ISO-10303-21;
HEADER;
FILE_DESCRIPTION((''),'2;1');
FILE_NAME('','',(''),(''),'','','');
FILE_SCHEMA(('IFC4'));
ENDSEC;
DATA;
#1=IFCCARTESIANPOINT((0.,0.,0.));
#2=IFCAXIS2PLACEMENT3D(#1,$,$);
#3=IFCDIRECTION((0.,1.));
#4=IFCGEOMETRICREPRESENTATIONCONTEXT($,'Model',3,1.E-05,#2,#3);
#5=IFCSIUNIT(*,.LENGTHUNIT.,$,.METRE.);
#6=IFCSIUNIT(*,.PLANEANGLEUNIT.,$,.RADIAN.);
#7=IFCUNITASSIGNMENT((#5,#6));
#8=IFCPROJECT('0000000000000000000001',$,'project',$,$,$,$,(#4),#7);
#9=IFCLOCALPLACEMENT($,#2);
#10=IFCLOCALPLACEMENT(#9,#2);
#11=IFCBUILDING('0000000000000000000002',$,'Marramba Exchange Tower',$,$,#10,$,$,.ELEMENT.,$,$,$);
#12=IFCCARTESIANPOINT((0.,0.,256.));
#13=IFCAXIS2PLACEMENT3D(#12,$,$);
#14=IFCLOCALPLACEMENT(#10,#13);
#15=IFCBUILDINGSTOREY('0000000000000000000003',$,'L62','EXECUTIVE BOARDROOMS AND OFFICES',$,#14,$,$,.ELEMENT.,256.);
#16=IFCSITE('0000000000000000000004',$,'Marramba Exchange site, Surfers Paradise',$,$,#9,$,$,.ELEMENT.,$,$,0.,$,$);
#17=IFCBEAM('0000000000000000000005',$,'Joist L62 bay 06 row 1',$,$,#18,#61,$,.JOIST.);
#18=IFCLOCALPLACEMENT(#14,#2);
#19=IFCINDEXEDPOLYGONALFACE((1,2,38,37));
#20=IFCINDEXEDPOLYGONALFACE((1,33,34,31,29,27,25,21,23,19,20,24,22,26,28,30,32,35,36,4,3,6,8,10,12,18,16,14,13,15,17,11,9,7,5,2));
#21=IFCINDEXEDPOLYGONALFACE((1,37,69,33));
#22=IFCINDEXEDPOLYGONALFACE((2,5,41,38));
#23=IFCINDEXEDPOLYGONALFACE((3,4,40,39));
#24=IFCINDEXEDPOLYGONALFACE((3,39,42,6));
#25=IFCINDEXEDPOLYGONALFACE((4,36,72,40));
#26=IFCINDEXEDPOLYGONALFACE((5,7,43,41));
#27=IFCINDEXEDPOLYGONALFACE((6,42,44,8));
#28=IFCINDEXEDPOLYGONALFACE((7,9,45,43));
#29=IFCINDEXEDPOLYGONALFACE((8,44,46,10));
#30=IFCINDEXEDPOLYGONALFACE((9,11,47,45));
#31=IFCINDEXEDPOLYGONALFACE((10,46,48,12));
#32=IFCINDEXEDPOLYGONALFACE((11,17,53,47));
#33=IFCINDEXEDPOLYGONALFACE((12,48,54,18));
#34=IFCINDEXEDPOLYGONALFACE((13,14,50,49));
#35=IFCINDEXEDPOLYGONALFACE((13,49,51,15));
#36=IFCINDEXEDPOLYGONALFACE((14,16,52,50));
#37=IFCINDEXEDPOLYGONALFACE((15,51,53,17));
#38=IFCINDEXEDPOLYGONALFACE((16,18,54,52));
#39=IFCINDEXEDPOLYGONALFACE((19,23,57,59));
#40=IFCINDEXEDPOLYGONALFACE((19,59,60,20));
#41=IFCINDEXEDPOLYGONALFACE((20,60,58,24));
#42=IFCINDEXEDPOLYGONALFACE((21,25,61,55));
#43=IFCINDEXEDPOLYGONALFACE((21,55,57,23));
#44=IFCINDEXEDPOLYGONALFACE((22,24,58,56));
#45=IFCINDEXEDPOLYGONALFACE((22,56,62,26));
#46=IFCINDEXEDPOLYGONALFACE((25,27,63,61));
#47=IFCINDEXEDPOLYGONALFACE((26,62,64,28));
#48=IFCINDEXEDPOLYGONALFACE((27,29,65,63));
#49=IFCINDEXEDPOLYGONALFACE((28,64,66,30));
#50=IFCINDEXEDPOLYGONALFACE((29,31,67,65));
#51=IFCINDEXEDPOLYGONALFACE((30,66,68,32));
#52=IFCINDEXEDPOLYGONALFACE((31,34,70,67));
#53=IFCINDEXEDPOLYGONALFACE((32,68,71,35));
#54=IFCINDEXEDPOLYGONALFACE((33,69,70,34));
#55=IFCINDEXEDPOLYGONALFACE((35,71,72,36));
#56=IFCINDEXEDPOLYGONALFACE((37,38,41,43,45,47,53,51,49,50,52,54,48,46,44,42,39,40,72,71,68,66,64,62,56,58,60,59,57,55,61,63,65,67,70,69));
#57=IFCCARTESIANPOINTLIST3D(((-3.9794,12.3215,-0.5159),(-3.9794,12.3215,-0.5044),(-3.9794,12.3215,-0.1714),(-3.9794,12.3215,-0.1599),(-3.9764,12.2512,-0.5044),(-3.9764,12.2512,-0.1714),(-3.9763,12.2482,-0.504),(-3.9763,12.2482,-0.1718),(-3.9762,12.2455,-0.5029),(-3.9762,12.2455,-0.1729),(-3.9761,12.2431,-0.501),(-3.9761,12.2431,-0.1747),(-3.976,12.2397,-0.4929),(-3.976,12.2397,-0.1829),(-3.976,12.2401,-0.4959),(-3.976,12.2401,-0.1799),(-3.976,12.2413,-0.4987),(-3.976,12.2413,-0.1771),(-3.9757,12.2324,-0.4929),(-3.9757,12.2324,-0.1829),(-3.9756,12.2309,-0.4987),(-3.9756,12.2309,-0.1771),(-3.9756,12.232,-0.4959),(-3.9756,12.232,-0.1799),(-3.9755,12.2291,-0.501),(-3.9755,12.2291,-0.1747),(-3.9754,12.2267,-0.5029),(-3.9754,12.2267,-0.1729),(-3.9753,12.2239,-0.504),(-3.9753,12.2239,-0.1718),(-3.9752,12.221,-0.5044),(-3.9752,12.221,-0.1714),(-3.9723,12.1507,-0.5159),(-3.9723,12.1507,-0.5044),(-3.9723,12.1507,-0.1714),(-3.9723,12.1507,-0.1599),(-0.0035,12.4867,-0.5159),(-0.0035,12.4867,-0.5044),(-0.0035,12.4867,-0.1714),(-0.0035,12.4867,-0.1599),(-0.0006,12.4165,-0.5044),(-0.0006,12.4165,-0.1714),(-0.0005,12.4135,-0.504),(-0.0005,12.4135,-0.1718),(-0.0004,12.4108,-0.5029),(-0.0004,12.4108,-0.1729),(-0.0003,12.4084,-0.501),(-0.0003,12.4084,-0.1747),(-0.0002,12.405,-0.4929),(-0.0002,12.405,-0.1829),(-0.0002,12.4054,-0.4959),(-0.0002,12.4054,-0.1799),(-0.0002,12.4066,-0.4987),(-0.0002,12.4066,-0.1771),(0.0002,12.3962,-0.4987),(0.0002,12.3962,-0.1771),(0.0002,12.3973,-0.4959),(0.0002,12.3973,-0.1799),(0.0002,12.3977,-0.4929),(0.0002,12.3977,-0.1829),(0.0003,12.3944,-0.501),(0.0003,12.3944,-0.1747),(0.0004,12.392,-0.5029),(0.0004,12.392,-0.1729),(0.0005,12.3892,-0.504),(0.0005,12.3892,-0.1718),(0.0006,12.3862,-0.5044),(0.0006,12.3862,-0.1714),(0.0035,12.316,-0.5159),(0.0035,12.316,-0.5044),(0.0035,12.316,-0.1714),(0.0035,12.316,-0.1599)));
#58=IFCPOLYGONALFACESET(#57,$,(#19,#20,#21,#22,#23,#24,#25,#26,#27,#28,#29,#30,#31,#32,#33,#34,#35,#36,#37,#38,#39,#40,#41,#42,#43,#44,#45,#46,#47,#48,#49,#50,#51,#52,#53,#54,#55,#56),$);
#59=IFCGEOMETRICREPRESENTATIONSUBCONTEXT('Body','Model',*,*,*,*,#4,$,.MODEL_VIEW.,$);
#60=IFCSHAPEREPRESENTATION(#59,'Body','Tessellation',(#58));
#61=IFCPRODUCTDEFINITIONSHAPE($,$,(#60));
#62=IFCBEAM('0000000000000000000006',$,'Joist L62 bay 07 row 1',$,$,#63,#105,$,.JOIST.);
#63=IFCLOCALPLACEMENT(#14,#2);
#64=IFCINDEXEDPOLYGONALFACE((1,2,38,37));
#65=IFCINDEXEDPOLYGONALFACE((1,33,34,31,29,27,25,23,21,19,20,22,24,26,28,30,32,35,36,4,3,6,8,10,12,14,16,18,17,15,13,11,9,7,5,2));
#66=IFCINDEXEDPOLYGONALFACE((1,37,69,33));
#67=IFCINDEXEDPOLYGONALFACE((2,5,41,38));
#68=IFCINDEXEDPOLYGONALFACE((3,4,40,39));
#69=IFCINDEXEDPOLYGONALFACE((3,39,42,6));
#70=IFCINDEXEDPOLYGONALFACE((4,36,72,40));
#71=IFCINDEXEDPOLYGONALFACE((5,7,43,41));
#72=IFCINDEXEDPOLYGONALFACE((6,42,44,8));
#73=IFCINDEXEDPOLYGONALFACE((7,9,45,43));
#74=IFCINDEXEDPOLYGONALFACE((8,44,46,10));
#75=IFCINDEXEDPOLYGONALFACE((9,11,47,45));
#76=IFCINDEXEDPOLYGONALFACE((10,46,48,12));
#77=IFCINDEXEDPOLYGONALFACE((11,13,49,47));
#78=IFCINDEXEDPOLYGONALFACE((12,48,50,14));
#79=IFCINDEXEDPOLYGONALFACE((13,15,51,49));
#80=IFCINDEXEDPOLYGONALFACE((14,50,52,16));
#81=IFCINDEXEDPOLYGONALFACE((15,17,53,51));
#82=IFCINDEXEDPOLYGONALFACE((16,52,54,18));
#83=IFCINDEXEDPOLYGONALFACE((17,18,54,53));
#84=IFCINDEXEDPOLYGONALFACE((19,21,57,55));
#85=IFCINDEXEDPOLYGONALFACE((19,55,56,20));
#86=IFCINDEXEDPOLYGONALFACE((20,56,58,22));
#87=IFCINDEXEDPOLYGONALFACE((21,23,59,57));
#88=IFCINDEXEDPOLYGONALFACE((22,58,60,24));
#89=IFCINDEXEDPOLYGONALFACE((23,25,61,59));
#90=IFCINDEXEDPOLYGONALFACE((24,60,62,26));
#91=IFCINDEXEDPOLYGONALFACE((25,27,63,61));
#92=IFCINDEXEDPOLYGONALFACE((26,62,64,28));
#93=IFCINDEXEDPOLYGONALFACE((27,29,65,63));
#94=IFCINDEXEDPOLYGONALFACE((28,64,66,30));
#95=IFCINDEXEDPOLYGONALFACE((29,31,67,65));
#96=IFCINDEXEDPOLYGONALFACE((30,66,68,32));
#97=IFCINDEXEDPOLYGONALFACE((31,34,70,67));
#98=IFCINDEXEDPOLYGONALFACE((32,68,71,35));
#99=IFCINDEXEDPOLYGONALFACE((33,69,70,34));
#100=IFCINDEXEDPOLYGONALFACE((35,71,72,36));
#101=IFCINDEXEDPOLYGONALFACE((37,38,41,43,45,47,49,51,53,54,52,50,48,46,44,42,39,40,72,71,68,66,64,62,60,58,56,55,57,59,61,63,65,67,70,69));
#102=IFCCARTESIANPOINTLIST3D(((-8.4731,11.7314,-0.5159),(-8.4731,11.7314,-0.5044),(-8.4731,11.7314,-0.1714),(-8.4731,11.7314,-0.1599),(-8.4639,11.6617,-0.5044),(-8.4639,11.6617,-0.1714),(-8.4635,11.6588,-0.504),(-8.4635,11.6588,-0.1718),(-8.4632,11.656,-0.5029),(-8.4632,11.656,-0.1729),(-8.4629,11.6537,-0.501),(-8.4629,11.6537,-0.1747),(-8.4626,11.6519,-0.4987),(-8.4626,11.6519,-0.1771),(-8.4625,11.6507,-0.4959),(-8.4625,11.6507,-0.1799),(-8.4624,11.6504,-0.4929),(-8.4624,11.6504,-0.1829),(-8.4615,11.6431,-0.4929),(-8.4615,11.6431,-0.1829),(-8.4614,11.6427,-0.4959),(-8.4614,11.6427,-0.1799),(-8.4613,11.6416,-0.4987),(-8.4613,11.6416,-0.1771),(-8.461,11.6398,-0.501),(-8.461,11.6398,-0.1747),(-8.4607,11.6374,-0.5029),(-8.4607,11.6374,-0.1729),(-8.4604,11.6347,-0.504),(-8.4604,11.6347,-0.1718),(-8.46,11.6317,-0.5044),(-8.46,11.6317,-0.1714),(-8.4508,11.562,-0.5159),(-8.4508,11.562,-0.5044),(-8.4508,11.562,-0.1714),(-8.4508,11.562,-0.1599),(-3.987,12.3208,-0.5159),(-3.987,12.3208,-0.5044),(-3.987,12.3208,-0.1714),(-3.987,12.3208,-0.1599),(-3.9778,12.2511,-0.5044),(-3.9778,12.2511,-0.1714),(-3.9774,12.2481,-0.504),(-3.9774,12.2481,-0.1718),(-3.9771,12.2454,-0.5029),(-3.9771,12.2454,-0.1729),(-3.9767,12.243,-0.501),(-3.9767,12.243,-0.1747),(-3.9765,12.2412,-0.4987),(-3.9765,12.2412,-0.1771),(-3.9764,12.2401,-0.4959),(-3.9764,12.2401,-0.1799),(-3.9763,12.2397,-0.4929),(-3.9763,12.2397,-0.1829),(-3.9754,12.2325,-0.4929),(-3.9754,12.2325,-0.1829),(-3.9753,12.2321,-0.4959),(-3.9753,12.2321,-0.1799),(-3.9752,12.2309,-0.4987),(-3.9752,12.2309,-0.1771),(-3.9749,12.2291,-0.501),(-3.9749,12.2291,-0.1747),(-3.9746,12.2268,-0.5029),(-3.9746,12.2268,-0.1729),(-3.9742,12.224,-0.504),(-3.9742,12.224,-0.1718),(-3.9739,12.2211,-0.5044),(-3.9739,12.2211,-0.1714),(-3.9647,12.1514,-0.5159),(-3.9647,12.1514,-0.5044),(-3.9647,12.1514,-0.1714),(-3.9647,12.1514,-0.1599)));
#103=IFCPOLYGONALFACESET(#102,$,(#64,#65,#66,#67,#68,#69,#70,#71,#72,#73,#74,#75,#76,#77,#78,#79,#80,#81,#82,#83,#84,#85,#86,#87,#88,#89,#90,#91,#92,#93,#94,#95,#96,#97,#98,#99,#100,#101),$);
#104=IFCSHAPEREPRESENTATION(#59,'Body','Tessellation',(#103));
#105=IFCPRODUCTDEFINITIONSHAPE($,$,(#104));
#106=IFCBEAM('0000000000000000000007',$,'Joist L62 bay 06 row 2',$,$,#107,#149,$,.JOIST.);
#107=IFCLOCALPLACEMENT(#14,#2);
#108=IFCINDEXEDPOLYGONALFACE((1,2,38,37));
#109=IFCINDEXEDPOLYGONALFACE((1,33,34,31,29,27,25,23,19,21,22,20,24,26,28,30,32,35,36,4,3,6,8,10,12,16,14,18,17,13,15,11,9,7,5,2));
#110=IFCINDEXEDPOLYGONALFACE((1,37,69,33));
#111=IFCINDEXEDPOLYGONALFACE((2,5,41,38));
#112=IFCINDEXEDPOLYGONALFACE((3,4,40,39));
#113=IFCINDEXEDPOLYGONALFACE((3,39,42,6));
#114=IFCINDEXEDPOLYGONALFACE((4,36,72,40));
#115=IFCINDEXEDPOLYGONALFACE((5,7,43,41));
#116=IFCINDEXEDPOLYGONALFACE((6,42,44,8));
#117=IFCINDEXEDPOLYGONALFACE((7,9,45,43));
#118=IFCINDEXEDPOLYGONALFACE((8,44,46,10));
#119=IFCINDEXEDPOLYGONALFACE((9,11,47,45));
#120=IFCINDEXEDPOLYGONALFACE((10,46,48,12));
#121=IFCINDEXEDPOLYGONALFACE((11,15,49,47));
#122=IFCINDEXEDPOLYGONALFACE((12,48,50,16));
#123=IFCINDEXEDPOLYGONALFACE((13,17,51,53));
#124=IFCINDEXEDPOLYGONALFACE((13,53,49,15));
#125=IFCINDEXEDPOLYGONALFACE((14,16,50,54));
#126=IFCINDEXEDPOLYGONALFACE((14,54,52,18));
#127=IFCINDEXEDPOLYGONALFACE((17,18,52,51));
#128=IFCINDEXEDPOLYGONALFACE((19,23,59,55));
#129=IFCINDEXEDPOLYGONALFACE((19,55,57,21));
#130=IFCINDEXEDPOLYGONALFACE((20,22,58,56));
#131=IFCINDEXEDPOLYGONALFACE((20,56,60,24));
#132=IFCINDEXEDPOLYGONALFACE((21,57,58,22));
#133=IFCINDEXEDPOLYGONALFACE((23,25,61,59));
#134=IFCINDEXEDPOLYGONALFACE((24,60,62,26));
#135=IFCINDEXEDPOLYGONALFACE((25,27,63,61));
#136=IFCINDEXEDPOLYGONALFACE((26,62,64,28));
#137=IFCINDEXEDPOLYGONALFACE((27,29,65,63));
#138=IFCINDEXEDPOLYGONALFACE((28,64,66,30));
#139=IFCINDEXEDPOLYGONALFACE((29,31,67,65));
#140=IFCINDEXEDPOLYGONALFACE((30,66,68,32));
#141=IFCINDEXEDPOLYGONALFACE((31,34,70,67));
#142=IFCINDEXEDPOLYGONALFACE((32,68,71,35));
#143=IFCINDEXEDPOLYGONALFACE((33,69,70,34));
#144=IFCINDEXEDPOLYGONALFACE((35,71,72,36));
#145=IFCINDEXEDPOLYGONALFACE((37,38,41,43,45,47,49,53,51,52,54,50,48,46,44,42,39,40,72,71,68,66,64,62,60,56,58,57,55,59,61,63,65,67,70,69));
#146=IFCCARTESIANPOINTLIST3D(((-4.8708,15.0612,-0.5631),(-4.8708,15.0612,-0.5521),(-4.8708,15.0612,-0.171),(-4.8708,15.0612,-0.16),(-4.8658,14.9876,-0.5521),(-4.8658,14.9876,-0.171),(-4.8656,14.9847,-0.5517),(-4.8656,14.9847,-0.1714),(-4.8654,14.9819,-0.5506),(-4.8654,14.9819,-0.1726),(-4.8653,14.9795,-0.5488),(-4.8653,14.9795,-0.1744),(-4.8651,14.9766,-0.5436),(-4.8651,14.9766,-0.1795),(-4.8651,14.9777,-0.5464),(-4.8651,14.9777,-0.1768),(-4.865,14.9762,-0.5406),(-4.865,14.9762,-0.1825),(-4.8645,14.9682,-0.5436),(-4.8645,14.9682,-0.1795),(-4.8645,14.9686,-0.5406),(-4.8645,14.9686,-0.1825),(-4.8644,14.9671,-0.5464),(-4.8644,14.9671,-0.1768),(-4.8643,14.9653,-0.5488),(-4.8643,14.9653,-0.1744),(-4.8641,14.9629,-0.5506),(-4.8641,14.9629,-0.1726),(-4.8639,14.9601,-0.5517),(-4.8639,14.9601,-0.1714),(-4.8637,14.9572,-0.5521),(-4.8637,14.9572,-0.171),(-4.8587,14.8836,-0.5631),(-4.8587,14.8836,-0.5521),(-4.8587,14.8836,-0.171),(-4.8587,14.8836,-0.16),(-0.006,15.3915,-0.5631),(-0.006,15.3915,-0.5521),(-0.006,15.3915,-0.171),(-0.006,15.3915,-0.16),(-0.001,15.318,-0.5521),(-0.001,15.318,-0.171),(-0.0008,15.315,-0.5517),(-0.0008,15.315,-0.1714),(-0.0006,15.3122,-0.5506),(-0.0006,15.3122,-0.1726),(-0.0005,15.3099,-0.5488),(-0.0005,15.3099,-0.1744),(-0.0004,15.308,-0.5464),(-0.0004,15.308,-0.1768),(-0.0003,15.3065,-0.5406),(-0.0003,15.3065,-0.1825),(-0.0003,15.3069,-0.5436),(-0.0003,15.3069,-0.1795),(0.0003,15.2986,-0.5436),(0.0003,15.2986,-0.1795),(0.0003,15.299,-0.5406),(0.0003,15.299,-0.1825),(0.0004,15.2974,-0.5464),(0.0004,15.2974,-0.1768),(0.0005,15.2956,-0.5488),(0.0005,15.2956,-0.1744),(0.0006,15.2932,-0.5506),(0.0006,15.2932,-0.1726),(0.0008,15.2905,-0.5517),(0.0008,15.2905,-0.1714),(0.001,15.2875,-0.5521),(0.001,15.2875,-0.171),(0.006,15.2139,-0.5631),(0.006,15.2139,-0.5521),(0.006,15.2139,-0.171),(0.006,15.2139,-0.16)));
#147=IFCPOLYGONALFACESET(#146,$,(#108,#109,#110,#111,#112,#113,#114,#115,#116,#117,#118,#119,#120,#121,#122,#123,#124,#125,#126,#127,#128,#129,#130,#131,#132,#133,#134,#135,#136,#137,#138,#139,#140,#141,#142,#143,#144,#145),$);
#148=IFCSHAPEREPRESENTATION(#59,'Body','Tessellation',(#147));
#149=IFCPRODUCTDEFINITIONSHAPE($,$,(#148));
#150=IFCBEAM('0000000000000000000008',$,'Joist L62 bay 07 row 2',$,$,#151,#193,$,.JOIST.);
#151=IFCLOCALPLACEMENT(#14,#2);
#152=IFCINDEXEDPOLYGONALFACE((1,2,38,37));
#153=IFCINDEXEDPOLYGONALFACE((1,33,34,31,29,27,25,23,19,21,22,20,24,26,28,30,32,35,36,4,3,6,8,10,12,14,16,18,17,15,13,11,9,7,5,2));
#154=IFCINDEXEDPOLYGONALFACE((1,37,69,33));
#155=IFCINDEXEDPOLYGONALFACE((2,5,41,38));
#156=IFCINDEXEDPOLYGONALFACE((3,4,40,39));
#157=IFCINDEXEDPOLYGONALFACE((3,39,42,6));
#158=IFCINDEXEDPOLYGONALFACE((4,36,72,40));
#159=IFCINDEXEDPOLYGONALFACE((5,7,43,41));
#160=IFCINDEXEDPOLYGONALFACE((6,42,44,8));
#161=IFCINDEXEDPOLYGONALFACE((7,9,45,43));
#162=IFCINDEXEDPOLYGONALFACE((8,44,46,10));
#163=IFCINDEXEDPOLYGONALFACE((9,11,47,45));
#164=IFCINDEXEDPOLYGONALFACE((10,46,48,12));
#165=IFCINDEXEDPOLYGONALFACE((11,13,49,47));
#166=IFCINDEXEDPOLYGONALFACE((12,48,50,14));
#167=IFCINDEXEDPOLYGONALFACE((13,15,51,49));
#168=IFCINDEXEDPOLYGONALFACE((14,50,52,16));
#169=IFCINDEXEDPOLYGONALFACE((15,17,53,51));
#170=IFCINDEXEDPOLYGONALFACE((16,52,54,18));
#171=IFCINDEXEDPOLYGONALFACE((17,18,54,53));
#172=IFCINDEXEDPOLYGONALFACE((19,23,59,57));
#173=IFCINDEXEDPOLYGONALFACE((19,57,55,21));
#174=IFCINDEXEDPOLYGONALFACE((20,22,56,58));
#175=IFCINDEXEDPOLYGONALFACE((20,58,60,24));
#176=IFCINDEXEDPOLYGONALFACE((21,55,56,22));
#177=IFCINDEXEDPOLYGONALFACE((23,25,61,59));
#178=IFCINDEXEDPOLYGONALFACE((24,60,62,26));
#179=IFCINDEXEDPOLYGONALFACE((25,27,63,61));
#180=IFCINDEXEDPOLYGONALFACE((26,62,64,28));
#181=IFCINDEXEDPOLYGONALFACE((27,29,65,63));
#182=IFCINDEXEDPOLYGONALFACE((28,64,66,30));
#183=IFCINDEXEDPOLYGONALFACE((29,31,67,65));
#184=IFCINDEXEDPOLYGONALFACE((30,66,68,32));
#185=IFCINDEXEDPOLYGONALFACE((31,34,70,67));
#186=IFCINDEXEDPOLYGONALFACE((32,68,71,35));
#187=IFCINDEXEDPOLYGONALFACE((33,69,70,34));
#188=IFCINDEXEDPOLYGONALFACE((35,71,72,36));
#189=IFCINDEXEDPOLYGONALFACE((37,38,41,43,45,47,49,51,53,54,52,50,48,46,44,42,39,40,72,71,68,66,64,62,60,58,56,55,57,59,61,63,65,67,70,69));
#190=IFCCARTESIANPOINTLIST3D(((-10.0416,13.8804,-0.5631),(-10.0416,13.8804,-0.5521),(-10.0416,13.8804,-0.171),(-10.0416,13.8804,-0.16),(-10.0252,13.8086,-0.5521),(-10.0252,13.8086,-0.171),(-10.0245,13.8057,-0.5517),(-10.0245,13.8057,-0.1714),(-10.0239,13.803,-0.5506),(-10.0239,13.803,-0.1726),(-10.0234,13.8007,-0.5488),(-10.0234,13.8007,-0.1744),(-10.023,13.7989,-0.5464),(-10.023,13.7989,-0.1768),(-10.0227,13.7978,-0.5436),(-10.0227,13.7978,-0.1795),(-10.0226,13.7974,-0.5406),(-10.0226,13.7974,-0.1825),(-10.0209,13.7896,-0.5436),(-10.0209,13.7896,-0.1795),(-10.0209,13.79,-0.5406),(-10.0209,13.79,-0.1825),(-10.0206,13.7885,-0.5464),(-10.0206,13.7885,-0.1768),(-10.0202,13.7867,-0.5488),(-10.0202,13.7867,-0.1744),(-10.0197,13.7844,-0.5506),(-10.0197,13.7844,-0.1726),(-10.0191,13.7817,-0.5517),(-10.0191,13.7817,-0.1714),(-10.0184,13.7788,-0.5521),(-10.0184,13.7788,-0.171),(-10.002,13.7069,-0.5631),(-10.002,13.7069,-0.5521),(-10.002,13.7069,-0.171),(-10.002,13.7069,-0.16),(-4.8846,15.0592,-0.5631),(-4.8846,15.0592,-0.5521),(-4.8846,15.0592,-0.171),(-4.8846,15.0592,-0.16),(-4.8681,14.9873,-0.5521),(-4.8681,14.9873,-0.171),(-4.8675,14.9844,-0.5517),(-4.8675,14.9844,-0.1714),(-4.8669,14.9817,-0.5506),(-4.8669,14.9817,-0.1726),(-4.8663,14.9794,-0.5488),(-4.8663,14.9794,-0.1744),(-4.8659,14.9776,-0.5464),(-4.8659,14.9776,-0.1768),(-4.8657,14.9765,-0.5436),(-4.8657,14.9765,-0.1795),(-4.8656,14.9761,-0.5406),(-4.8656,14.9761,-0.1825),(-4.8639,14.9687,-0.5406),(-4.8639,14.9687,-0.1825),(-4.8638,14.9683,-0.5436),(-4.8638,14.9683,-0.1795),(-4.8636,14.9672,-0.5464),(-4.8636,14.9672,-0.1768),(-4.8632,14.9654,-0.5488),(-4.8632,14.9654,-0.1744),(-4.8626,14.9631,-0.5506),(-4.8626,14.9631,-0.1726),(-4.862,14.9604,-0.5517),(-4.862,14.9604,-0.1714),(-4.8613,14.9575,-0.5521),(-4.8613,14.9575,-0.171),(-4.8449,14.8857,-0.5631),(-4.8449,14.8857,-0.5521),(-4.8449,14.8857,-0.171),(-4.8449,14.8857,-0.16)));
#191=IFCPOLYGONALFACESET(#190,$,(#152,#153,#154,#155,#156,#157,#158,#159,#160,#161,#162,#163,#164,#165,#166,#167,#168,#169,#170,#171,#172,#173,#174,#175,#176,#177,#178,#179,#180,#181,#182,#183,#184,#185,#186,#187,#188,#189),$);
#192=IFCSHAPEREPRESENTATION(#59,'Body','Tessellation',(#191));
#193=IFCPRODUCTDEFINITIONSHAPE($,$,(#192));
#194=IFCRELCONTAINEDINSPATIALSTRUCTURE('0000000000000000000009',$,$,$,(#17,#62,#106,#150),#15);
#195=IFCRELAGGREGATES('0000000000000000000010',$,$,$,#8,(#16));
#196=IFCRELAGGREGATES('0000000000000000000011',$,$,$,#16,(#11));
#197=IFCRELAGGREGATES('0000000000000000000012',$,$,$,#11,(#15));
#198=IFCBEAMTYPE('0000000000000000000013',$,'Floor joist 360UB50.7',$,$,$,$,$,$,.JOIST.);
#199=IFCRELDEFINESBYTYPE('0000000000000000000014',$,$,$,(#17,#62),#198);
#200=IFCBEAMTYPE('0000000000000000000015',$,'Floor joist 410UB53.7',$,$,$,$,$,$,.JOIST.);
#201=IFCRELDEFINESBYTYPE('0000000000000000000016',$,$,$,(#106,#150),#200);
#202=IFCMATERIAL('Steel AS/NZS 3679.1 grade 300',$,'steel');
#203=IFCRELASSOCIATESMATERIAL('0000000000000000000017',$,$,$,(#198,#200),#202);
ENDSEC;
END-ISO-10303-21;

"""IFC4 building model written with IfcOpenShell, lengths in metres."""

from ifc_helpers import new_model, si_unit, direction, frame, origin, origin_2d, place, context, subcontext, project, spatial, i_section, extrude, material, material_profile, profile_set, type_object, element, save


model = new_model("IFC4")

# Units and contexts
model_context = context("Model", 3, precision=1e-05, world=origin(), true_north=direction((0.0, 1.0)))
body_context = subcontext(model_context, "Body", "Model", "MODEL_VIEW")
ifc_project = project(units=[si_unit("LENGTHUNIT", "METRE"), si_unit("PLANEANGLEUNIT", "RADIAN")], contexts=[model_context])

# Site, building, storey
site_placement = place(None, origin())
site = spatial("IfcSite", under=ifc_project, at=site_placement, Name="Marramba Exchange site, Surfers Paradise", CompositionType="ELEMENT", RefElevation=0.0)
building_placement = place(site_placement, origin())
building = spatial("IfcBuilding", under=site, at=building_placement, Name="Marramba Exchange Tower", CompositionType="ELEMENT")
storey_placement = place(building_placement, frame((0.0, 0.0, 256.0)))
storey = spatial("IfcBuildingStorey", under=building, at=storey_placement, Name="L62", Description="EXECUTIVE BOARDROOMS AND OFFICES", CompositionType="ELEMENT", Elevation=256.0)

# Beams
ifc_material_1 = material(Name="Steel AS/NZS 3679.1 grade 300", Category="steel")
ifc_material_profile_1 = material_profile(ifc_material_1, i_section(OverallWidth=0.1709, OverallDepth=0.356, WebThickness=0.0073, FlangeThickness=0.0115, FilletRadius=0.0115, at=origin_2d()), Name="360UB50.7")
ifc_profile_set_1 = profile_set([ifc_material_profile_1], Name="Steel AS/NZS 3679.1 grade 300")
beam_type_1 = type_object("IfcBeamType", Name="Floor joist 360UB50.7", PredefinedType="JOIST", material=ifc_profile_set_1)
beam_1_placement = place(storey_placement, frame((0.0, 12.4014, -0.3379), z_axis=(-0.999137, -0.041536, 0.0), x_axis=(0.041536, -0.999137, 0.0)))
element("IfcBeam", 1, at=beam_1_placement, inside=storey, type_object=beam_type_1, Name="Joist L62 bay 06 row 1", PredefinedType="JOIST", context=body_context, shape_type="SweptSolid", body=[
    extrude(i_section(OverallWidth=0.1709, OverallDepth=0.356, WebThickness=0.0073, FlangeThickness=0.0115, FilletRadius=0.0115, at=origin_2d()), origin(), (0.0, 0.0, 1.0), 3.9792),
])
beam_2_placement = place(storey_placement, frame((-3.9758, 12.2361, -0.3379), z_axis=(-0.991481, -0.130255, 0.0), x_axis=(0.130255, -0.991481, 0.0)))
element("IfcBeam", 2, at=beam_2_placement, inside=storey, type_object=beam_type_1, Name="Joist L62 bay 07 row 1", PredefinedType="JOIST", context=body_context, shape_type="SweptSolid", body=[
    extrude(i_section(OverallWidth=0.1709, OverallDepth=0.356, WebThickness=0.0073, FlangeThickness=0.0115, FilletRadius=0.0115, at=origin_2d()), origin(), (0.0, 0.0, 1.0), 4.5247),
])
ifc_material_profile_2 = material_profile(ifc_material_1, i_section(OverallWidth=0.178, OverallDepth=0.4031, WebThickness=0.0076, FlangeThickness=0.011, FilletRadius=0.0115, at=origin_2d()), Name="410UB53.7")
ifc_profile_set_2 = profile_set([ifc_material_profile_2], Name="Steel AS/NZS 3679.1 grade 300")
beam_type_2 = type_object("IfcBeamType", Name="Floor joist 410UB53.7", PredefinedType="JOIST", material=ifc_profile_set_2)
beam_3_placement = place(storey_placement, frame((0.0, 15.3027, -0.3616), z_axis=(-0.997703, -0.067745, 0.0), x_axis=(0.067745, -0.997703, 0.0)))
element("IfcBeam", 3, at=beam_3_placement, inside=storey, type_object=beam_type_2, Name="Joist L62 bay 06 row 2", PredefinedType="JOIST", context=body_context, shape_type="SweptSolid", body=[
    extrude(i_section(OverallWidth=0.178, OverallDepth=0.4031, WebThickness=0.0076, FlangeThickness=0.011, FilletRadius=0.0115, at=origin_2d()), origin(), (0.0, 0.0, 1.0), 4.876),
])
beam_4_placement = place(storey_placement, frame((-4.8647, 14.9724, -0.3616), z_axis=(-0.97486, -0.22282, 0.0), x_axis=(0.22282, -0.97486, 0.0)))
element("IfcBeam", 4, at=beam_4_placement, inside=storey, type_object=beam_type_2, Name="Joist L62 bay 07 row 2", PredefinedType="JOIST", context=body_context, shape_type="SweptSolid", body=[
    extrude(i_section(OverallWidth=0.178, OverallDepth=0.4031, WebThickness=0.0076, FlangeThickness=0.011, FilletRadius=0.0115, at=origin_2d()), origin(), (0.0, 0.0, 1.0), 5.29),
])

save(model, "model.ifc")
